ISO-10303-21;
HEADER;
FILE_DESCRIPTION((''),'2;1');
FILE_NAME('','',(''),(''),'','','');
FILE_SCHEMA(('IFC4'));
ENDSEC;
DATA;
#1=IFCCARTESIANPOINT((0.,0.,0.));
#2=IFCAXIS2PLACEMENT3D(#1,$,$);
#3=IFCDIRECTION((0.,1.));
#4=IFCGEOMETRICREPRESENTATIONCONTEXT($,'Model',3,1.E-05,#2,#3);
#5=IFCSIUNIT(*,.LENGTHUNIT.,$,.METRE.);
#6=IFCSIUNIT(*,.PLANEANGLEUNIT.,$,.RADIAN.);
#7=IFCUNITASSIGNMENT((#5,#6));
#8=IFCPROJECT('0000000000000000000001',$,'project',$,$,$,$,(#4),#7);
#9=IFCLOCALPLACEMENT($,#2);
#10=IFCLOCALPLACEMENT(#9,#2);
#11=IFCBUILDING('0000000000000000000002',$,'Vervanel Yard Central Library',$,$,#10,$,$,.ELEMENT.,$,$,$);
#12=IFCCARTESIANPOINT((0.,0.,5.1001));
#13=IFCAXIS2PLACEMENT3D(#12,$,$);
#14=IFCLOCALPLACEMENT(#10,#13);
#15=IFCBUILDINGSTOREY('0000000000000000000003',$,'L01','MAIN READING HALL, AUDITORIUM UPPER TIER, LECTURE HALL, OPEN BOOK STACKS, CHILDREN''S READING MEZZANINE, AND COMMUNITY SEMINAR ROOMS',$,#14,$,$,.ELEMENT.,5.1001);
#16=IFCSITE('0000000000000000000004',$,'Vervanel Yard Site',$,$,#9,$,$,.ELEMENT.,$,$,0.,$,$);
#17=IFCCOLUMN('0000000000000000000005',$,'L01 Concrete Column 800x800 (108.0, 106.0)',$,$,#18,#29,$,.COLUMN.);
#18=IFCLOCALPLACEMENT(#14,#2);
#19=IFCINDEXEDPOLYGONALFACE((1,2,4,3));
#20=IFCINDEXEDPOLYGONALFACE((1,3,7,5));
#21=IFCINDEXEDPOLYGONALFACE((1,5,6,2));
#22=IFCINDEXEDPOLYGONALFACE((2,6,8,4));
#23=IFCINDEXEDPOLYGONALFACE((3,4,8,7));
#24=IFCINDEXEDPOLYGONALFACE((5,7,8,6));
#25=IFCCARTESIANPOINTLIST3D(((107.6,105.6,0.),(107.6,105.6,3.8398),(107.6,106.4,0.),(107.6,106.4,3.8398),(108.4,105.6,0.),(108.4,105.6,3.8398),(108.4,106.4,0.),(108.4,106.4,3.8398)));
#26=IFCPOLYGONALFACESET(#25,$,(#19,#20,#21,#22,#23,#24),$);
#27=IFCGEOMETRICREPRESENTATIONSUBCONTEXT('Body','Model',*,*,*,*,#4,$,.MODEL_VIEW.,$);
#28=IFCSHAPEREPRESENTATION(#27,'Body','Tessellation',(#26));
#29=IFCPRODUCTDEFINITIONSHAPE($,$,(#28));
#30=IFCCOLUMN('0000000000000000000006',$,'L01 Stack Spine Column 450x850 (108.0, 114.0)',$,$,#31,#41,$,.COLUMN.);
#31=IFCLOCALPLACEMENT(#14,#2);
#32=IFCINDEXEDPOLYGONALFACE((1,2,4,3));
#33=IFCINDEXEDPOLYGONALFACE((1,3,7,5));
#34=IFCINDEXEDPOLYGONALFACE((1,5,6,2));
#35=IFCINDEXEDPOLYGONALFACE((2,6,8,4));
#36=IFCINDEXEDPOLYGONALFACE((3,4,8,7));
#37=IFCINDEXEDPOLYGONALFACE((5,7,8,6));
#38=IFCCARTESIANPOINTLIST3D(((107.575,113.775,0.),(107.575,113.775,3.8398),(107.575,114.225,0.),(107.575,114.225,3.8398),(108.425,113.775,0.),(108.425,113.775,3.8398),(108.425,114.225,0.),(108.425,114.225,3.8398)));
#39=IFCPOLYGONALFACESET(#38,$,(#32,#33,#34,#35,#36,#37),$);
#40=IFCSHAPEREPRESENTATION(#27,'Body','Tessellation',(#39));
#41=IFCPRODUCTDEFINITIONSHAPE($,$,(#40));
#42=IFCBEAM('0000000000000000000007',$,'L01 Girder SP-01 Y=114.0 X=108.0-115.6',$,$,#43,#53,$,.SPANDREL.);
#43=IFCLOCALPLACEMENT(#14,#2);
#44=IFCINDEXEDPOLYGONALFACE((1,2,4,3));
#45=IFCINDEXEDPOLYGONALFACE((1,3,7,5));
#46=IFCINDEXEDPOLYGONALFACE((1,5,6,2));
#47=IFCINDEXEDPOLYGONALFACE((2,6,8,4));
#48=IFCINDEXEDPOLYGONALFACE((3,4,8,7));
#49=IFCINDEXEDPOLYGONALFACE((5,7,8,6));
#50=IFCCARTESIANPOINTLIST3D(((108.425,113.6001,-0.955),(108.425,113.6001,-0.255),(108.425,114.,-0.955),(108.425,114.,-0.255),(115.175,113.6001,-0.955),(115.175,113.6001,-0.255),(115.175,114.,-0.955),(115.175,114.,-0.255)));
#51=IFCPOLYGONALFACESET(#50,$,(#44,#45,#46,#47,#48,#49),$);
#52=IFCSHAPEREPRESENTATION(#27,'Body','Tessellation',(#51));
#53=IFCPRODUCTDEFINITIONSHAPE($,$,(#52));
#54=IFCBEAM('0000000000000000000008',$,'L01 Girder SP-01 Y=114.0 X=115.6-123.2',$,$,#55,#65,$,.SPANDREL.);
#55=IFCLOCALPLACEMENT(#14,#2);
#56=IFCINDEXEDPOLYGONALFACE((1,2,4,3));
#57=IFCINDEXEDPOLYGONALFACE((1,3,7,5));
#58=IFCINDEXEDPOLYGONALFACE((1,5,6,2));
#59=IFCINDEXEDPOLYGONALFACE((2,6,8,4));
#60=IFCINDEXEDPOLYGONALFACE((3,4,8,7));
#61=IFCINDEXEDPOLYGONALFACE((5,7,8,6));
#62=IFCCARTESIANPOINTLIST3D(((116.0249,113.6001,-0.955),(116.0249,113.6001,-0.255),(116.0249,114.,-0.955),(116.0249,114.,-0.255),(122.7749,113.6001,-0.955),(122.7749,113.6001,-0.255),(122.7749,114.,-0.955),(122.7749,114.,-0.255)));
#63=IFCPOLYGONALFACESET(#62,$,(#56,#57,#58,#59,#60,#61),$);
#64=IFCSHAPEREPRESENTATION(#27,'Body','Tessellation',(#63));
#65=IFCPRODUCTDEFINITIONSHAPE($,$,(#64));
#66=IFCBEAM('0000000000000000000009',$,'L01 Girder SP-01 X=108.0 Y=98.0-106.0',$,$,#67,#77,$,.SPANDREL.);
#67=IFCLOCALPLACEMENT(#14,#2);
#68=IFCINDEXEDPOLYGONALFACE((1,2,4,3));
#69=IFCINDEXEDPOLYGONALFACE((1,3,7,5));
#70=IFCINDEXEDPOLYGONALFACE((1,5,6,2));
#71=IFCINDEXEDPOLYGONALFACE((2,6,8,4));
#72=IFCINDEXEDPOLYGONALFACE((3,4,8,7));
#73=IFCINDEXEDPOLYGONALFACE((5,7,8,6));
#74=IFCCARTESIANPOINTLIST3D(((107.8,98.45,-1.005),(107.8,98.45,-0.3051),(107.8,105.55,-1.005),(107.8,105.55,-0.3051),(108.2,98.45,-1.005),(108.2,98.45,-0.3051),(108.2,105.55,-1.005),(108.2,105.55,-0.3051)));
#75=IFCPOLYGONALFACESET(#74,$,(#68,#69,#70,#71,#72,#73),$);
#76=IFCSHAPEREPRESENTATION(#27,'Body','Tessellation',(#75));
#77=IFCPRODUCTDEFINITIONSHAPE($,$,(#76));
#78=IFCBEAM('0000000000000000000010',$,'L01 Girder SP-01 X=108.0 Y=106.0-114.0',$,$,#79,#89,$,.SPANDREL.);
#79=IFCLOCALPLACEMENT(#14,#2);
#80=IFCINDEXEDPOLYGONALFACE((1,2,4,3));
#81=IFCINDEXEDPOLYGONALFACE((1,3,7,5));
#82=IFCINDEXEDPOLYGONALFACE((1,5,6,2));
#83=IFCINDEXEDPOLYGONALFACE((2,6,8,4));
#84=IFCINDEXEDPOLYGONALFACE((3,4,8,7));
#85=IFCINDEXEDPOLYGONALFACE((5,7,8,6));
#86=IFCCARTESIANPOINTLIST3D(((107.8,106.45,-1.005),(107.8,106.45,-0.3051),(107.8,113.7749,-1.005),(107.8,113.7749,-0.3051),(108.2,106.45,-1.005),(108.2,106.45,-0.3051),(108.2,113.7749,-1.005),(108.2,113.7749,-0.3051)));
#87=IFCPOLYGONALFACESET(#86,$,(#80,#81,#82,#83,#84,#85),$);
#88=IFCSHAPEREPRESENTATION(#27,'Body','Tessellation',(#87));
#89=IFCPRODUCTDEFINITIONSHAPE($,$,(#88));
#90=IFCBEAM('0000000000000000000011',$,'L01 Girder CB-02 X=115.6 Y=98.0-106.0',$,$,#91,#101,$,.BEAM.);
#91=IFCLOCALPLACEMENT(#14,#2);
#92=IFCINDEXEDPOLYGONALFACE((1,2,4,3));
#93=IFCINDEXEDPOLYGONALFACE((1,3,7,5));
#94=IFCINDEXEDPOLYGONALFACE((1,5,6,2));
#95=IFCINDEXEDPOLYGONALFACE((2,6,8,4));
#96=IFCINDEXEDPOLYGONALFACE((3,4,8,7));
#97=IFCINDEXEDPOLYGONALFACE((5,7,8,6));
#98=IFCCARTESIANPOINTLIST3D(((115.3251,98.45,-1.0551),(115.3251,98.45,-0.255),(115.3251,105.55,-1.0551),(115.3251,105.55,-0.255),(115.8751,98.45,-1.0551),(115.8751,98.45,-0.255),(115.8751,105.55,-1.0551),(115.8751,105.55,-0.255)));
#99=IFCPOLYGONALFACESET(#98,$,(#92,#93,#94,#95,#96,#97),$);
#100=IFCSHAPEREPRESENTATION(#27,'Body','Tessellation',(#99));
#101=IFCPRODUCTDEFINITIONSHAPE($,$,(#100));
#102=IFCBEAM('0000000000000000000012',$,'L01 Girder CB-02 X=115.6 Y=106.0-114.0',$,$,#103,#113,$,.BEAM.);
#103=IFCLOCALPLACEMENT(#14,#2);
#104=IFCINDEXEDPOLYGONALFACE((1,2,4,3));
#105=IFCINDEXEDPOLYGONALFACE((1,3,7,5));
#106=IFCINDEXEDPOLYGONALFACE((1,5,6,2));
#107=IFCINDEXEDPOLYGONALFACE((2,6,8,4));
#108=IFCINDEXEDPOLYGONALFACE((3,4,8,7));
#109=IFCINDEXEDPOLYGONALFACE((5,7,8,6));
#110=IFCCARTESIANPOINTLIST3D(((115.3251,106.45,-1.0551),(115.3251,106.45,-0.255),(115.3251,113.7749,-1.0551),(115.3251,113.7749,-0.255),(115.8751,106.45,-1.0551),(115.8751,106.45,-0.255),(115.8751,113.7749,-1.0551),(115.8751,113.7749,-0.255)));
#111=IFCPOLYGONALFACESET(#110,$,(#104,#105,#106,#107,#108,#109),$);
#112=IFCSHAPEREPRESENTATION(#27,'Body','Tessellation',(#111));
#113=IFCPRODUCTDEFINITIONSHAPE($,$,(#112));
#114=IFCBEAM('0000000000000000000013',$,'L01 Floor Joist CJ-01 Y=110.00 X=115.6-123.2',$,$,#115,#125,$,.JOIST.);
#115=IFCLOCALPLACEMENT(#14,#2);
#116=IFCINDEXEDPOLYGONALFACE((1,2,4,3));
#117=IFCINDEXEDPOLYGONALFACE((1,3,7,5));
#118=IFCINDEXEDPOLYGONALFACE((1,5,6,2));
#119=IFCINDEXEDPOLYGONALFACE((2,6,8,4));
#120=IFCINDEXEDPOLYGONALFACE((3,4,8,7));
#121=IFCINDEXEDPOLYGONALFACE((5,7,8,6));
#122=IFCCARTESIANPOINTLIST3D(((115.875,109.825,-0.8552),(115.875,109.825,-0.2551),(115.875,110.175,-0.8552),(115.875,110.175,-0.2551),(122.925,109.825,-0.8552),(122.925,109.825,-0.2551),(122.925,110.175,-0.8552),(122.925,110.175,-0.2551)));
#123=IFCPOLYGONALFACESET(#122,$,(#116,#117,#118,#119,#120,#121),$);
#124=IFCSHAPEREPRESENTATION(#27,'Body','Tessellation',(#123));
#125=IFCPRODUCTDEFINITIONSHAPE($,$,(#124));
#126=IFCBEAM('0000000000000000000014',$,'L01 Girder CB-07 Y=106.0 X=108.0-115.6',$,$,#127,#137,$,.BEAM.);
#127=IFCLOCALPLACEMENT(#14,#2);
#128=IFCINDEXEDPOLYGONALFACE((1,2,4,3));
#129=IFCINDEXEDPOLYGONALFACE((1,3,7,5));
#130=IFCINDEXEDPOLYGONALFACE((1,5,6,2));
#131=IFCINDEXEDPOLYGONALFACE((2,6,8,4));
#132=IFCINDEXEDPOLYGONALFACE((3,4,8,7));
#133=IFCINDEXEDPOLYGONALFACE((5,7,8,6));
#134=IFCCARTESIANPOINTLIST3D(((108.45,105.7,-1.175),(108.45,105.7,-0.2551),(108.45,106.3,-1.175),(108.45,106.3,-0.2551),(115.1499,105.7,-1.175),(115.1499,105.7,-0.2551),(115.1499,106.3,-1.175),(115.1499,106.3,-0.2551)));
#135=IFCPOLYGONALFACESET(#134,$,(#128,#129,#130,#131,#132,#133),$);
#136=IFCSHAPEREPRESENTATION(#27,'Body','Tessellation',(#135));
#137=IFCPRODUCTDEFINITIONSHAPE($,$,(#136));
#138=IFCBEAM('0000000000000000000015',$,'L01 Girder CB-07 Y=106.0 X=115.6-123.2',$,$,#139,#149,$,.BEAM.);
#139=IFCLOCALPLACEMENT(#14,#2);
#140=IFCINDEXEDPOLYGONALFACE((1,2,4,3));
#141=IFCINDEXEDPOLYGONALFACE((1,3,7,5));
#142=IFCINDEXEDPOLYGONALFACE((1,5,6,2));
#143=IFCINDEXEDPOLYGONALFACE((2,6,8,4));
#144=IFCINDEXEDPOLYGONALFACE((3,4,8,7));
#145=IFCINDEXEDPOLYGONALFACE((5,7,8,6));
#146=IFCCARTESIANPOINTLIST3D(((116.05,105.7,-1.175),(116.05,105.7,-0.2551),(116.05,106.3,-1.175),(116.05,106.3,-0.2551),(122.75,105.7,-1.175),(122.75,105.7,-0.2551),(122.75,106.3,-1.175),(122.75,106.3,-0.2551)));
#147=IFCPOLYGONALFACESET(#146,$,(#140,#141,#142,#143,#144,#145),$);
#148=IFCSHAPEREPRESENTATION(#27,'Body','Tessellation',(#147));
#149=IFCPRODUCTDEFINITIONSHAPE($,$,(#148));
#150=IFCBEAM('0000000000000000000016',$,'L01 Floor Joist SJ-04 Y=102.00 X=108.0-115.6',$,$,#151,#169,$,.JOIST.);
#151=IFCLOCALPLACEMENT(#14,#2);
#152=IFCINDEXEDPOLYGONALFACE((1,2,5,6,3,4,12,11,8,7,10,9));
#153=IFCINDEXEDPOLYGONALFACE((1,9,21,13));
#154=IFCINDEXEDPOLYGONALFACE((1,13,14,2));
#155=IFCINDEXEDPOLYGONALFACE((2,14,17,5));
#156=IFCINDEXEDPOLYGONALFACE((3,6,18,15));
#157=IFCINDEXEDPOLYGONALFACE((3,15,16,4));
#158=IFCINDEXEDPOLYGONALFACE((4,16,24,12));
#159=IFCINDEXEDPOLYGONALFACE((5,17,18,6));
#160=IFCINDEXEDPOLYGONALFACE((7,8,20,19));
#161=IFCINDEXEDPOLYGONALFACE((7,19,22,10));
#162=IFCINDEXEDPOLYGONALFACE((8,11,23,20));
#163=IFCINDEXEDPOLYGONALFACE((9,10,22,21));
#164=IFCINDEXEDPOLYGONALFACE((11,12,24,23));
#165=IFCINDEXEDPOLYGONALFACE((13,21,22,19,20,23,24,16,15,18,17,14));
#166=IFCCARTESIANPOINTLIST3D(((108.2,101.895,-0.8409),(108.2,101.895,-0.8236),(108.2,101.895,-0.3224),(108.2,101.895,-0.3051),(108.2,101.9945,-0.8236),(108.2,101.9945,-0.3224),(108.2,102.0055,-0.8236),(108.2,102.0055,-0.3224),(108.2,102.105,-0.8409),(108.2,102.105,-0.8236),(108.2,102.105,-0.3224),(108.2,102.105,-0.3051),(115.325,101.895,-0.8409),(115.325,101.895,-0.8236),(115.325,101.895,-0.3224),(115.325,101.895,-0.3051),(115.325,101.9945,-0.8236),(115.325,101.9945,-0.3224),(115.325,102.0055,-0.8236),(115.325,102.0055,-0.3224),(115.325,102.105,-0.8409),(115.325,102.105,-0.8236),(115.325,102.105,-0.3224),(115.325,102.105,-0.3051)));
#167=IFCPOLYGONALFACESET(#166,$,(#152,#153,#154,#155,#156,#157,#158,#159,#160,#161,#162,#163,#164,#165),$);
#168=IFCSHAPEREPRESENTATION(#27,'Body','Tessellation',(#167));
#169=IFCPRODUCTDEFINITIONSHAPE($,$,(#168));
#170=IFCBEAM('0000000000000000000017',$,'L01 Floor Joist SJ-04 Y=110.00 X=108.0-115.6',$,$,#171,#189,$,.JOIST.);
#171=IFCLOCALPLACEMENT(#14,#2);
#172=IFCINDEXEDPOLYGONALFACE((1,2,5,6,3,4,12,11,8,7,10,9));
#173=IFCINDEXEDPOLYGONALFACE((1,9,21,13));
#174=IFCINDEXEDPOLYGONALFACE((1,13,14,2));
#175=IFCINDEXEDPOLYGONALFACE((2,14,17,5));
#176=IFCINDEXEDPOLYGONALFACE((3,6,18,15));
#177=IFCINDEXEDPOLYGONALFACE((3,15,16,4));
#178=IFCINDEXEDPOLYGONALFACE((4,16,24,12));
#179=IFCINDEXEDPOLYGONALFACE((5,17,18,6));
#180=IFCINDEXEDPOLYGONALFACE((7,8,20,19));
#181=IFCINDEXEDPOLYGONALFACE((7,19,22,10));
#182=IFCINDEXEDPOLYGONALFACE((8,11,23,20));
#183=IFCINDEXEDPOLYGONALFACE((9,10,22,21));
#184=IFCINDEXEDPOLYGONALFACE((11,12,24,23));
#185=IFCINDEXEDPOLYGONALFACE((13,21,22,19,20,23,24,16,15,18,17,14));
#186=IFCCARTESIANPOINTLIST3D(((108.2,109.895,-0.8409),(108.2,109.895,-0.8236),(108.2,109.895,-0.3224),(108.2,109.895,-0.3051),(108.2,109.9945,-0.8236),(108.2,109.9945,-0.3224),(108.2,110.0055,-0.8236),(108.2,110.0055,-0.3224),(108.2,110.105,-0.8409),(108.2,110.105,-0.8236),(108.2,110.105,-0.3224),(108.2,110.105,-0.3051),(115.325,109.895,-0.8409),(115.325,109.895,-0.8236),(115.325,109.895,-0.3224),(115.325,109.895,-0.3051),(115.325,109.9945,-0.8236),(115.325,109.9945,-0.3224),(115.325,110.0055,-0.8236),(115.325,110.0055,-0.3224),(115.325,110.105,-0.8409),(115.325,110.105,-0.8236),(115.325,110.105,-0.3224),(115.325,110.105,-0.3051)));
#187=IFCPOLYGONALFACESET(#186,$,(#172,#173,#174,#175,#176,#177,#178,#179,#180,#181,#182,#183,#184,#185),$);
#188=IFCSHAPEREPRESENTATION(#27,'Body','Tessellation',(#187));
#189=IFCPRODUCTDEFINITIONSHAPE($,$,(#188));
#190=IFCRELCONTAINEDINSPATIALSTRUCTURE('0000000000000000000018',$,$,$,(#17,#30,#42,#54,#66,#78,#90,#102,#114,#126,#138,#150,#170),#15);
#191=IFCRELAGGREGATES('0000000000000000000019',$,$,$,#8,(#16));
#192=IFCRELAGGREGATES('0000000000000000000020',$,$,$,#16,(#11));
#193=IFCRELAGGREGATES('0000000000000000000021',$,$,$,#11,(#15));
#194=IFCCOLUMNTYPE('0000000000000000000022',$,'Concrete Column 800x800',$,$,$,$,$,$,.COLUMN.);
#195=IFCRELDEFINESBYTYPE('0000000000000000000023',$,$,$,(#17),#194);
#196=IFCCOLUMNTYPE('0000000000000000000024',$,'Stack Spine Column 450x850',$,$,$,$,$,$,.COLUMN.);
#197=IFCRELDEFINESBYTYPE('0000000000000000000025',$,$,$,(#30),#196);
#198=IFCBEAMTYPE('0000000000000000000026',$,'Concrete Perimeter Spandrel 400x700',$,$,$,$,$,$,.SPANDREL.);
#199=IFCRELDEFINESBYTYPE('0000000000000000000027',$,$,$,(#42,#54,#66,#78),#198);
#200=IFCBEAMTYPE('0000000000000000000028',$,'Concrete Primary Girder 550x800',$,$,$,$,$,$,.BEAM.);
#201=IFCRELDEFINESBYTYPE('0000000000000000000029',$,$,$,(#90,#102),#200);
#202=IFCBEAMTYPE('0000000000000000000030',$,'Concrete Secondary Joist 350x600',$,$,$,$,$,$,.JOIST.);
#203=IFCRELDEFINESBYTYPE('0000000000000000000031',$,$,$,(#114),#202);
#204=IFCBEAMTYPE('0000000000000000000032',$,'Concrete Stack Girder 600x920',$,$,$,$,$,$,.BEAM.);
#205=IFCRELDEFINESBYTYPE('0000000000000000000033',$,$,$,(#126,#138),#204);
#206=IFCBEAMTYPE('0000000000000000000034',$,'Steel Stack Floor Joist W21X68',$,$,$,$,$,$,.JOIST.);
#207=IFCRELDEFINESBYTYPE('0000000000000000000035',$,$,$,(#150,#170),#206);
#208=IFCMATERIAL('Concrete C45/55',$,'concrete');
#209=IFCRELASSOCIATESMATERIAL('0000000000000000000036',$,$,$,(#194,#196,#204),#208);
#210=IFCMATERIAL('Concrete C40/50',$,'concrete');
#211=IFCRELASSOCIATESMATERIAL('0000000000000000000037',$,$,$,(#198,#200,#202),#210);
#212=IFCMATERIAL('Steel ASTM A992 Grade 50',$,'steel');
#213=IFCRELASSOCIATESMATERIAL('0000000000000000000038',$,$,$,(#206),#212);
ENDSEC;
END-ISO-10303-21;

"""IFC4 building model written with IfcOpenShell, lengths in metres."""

from ifc_helpers import new_model, si_unit, direction, frame, origin, origin_2d, place, context, subcontext, project, spatial, rectangle, i_section, extrude, material, material_profile, profile_set, type_object, element, save


model = new_model("IFC4")

# Units and contexts
model_context = context("Model", 3, precision=1e-05, world=origin(), true_north=direction((0.0, 1.0)))
body_context = subcontext(model_context, "Body", "Model", "MODEL_VIEW")
ifc_project = project(units=[si_unit("LENGTHUNIT", "METRE"), si_unit("PLANEANGLEUNIT", "RADIAN")], contexts=[model_context])

# Site, building, storey
site_placement = place(None, origin())
site = spatial("IfcSite", under=ifc_project, at=site_placement, Name="Vervanel Yard Site", CompositionType="ELEMENT", RefElevation=0.0)
building_placement = place(site_placement, origin())
building = spatial("IfcBuilding", under=site, at=building_placement, Name="Vervanel Yard Central Library", CompositionType="ELEMENT")
storey_placement = place(building_placement, frame((0.0, 0.0, 5.1001)))
storey = spatial("IfcBuildingStorey", under=building, at=storey_placement, Name="L01", Description="MAIN READING HALL, AUDITORIUM UPPER TIER, LECTURE HALL, OPEN BOOK STACKS, CHILDREN'S READING MEZZANINE, AND COMMUNITY SEMINAR ROOMS", CompositionType="ELEMENT", Elevation=5.1001)

# Columns
ifc_material_1 = material(Name="Concrete C45/55", Category="concrete")
ifc_material_profile_1 = material_profile(ifc_material_1, rectangle(XDim=0.8, YDim=0.8, at=origin_2d()), Name="RC 800x800", Category="concrete")
ifc_profile_set_1 = profile_set([ifc_material_profile_1], Name="Concrete C45/55")
column_type_1 = type_object("IfcColumnType", Name="Concrete Column 800x800", PredefinedType="COLUMN", material=ifc_profile_set_1)
column_1_placement = place(storey_placement, frame((108.0, 106.0, 0.0), z_axis=(0.0, 0.0, 1.0), x_axis=(1.0, 0.0, 0.0)))
element("IfcColumn", 1, at=column_1_placement, inside=storey, type_object=column_type_1, Name="L01 Concrete Column 800x800 (108.0, 106.0)", PredefinedType="COLUMN", context=body_context, shape_type="SweptSolid", body=[
    extrude(rectangle(XDim=0.8, YDim=0.8, at=origin_2d()), origin(), (0.0, 0.0, 1.0), 3.8398),
])
ifc_material_profile_2 = material_profile(ifc_material_1, rectangle(XDim=0.45, YDim=0.8501, at=origin_2d()), Name="RC 450x850", Category="concrete")
ifc_profile_set_2 = profile_set([ifc_material_profile_2], Name="Concrete C45/55")
column_type_2 = type_object("IfcColumnType", Name="Stack Spine Column 450x850", PredefinedType="COLUMN", material=ifc_profile_set_2)
column_2_placement = place(storey_placement, frame((108.0, 114.0, 0.0), z_axis=(0.0, 0.0, 1.0), x_axis=(0.0, 1.0, 0.0)))
element("IfcColumn", 2, at=column_2_placement, inside=storey, type_object=column_type_2, Name="L01 Stack Spine Column 450x850 (108.0, 114.0)", PredefinedType="COLUMN", context=body_context, shape_type="SweptSolid", body=[
    extrude(rectangle(XDim=0.45, YDim=0.8501, at=origin_2d()), origin(), (0.0, 0.0, 1.0), 3.8398),
])

# Beams
ifc_material_2 = material(Name="Concrete C40/50", Category="concrete")
ifc_material_profile_3 = material_profile(ifc_material_2, rectangle(XDim=0.3999, YDim=0.7, at=origin_2d()), Name="RC 400x700", Category="concrete")
ifc_profile_set_3 = profile_set([ifc_material_profile_3], Name="Concrete C40/50")
beam_type_1 = type_object("IfcBeamType", Name="Concrete Perimeter Spandrel 400x700", PredefinedType="SPANDREL", material=ifc_profile_set_3)
for number, where, z_axis, x_axis, name in (
    (3, (108.425, 113.8, -0.605), (1.0, 0.0, 0.0), (0.0, 1.0, 0.0), "L01 Girder SP-01 Y=114.0 X=108.0-115.6"),
    (4, (116.0249, 113.8, -0.605), (1.0, 0.0, 0.0), (0.0, 1.0, 0.0), "L01 Girder SP-01 Y=114.0 X=115.6-123.2"),
):
    element("IfcBeam", number, at=place(storey_placement, frame(where, z_axis=z_axis, x_axis=x_axis)), inside=storey, type_object=beam_type_1, Name=name, PredefinedType="SPANDREL", context=body_context, shape_type="SweptSolid", body=[
        extrude(rectangle(XDim=0.3999, YDim=0.7, at=origin_2d()), origin(), (0.0, 0.0, 1.0), 6.75),
    ])
beam_1_placement = place(storey_placement, frame((108.0, 98.45, -0.655), z_axis=(0.0, 1.0, 0.0), x_axis=(-1.0, 0.0, 0.0)))
element("IfcBeam", 5, at=beam_1_placement, inside=storey, type_object=beam_type_1, Name="L01 Girder SP-01 X=108.0 Y=98.0-106.0", PredefinedType="SPANDREL", context=body_context, shape_type="SweptSolid", body=[
    extrude(rectangle(XDim=0.3999, YDim=0.7, at=origin_2d()), origin(), (0.0, 0.0, 1.0), 7.1001),
])
beam_2_placement = place(storey_placement, frame((108.0, 106.45, -0.655), z_axis=(0.0, 1.0, 0.0), x_axis=(-1.0, 0.0, 0.0)))
element("IfcBeam", 6, at=beam_2_placement, inside=storey, type_object=beam_type_1, Name="L01 Girder SP-01 X=108.0 Y=106.0-114.0", PredefinedType="SPANDREL", context=body_context, shape_type="SweptSolid", body=[
    extrude(rectangle(XDim=0.3999, YDim=0.7, at=origin_2d()), origin(), (0.0, 0.0, 1.0), 7.325),
])
ifc_material_profile_4 = material_profile(ifc_material_2, rectangle(XDim=0.55, YDim=0.8, at=origin_2d()), Name="RC 550x800", Category="concrete")
ifc_profile_set_4 = profile_set([ifc_material_profile_4], Name="Concrete C40/50")
beam_type_2 = type_object("IfcBeamType", Name="Concrete Primary Girder 550x800", PredefinedType="BEAM", material=ifc_profile_set_4)
beam_3_placement = place(storey_placement, frame((115.6001, 98.45, -0.655), z_axis=(0.0, 1.0, 0.0), x_axis=(-1.0, 0.0, 0.0)))
element("IfcBeam", 7, at=beam_3_placement, inside=storey, type_object=beam_type_2, Name="L01 Girder CB-02 X=115.6 Y=98.0-106.0", PredefinedType="BEAM", context=body_context, shape_type="SweptSolid", body=[
    extrude(rectangle(XDim=0.55, YDim=0.8, at=origin_2d()), origin(), (0.0, 0.0, 1.0), 7.1001),
])
beam_4_placement = place(storey_placement, frame((115.6001, 106.45, -0.655), z_axis=(0.0, 1.0, 0.0), x_axis=(-1.0, 0.0, 0.0)))
element("IfcBeam", 8, at=beam_4_placement, inside=storey, type_object=beam_type_2, Name="L01 Girder CB-02 X=115.6 Y=106.0-114.0", PredefinedType="BEAM", context=body_context, shape_type="SweptSolid", body=[
    extrude(rectangle(XDim=0.55, YDim=0.8, at=origin_2d()), origin(), (0.0, 0.0, 1.0), 7.325),
])
ifc_material_profile_5 = material_profile(ifc_material_2, rectangle(XDim=0.3501, YDim=0.6001, at=origin_2d()), Name="RC 350x600", Category="concrete")
ifc_profile_set_5 = profile_set([ifc_material_profile_5], Name="Concrete C40/50")
beam_type_3 = type_object("IfcBeamType", Name="Concrete Secondary Joist 350x600", PredefinedType="JOIST", material=ifc_profile_set_5)
beam_5_placement = place(storey_placement, frame((115.875, 110.0, -0.5552), z_axis=(1.0, 0.0, 0.0), x_axis=(0.0, 1.0, 0.0)))
element("IfcBeam", 9, at=beam_5_placement, inside=storey, type_object=beam_type_3, Name="L01 Floor Joist CJ-01 Y=110.00 X=115.6-123.2", PredefinedType="JOIST", context=body_context, shape_type="SweptSolid", body=[
    extrude(rectangle(XDim=0.3501, YDim=0.6001, at=origin_2d()), origin(), (0.0, 0.0, 1.0), 7.05),
])
ifc_material_profile_6 = material_profile(ifc_material_1, rectangle(XDim=0.6001, YDim=0.9199, at=origin_2d()), Name="RC 600x920", Category="concrete")
ifc_profile_set_6 = profile_set([ifc_material_profile_6], Name="Concrete C45/55")
beam_type_4 = type_object("IfcBeamType", Name="Concrete Stack Girder 600x920", PredefinedType="BEAM", material=ifc_profile_set_6)
for number, where, z_axis, x_axis, name in (
    (10, (108.45, 106.0, -0.7151), (1.0, 0.0, 0.0), (0.0, 1.0, 0.0), "L01 Girder CB-07 Y=106.0 X=108.0-115.6"),
    (11, (116.05, 106.0, -0.7151), (1.0, 0.0, 0.0), (0.0, 1.0, 0.0), "L01 Girder CB-07 Y=106.0 X=115.6-123.2"),
):
    element("IfcBeam", number, at=place(storey_placement, frame(where, z_axis=z_axis, x_axis=x_axis)), inside=storey, type_object=beam_type_4, Name=name, PredefinedType="BEAM", context=body_context, shape_type="SweptSolid", body=[
        extrude(rectangle(XDim=0.6001, YDim=0.9199, at=origin_2d()), origin(), (0.0, 0.0, 1.0), 6.7),
    ])
ifc_material_3 = material(Name="Steel ASTM A992 Grade 50", Category="steel")
ifc_material_profile_7 = material_profile(ifc_material_3, i_section(OverallWidth=0.21, OverallDepth=0.5359, WebThickness=0.011, FlangeThickness=0.0173, at=origin_2d()), Name="W21X68", Category="steel")
ifc_profile_set_7 = profile_set([ifc_material_profile_7], Name="Steel ASTM A992 Grade 50")
beam_type_5 = type_object("IfcBeamType", Name="Steel Stack Floor Joist W21X68", PredefinedType="JOIST", material=ifc_profile_set_7)
for number, where, z_axis, x_axis, name in (
    (12, (108.2, 102.0, -0.573), (1.0, 0.0, 0.0), (0.0, 1.0, 0.0), "L01 Floor Joist SJ-04 Y=102.00 X=108.0-115.6"),
    (13, (108.2, 110.0, -0.573), (1.0, 0.0, 0.0), (0.0, 1.0, 0.0), "L01 Floor Joist SJ-04 Y=110.00 X=108.0-115.6"),
):
    element("IfcBeam", number, at=place(storey_placement, frame(where, z_axis=z_axis, x_axis=x_axis)), inside=storey, type_object=beam_type_5, Name=name, PredefinedType="JOIST", context=body_context, shape_type="SweptSolid", body=[
        extrude(i_section(OverallWidth=0.21, OverallDepth=0.5359, WebThickness=0.011, FlangeThickness=0.0173, at=origin_2d()), origin(), (0.0, 0.0, 1.0), 7.125),
    ])

save(model, "model.ifc")
